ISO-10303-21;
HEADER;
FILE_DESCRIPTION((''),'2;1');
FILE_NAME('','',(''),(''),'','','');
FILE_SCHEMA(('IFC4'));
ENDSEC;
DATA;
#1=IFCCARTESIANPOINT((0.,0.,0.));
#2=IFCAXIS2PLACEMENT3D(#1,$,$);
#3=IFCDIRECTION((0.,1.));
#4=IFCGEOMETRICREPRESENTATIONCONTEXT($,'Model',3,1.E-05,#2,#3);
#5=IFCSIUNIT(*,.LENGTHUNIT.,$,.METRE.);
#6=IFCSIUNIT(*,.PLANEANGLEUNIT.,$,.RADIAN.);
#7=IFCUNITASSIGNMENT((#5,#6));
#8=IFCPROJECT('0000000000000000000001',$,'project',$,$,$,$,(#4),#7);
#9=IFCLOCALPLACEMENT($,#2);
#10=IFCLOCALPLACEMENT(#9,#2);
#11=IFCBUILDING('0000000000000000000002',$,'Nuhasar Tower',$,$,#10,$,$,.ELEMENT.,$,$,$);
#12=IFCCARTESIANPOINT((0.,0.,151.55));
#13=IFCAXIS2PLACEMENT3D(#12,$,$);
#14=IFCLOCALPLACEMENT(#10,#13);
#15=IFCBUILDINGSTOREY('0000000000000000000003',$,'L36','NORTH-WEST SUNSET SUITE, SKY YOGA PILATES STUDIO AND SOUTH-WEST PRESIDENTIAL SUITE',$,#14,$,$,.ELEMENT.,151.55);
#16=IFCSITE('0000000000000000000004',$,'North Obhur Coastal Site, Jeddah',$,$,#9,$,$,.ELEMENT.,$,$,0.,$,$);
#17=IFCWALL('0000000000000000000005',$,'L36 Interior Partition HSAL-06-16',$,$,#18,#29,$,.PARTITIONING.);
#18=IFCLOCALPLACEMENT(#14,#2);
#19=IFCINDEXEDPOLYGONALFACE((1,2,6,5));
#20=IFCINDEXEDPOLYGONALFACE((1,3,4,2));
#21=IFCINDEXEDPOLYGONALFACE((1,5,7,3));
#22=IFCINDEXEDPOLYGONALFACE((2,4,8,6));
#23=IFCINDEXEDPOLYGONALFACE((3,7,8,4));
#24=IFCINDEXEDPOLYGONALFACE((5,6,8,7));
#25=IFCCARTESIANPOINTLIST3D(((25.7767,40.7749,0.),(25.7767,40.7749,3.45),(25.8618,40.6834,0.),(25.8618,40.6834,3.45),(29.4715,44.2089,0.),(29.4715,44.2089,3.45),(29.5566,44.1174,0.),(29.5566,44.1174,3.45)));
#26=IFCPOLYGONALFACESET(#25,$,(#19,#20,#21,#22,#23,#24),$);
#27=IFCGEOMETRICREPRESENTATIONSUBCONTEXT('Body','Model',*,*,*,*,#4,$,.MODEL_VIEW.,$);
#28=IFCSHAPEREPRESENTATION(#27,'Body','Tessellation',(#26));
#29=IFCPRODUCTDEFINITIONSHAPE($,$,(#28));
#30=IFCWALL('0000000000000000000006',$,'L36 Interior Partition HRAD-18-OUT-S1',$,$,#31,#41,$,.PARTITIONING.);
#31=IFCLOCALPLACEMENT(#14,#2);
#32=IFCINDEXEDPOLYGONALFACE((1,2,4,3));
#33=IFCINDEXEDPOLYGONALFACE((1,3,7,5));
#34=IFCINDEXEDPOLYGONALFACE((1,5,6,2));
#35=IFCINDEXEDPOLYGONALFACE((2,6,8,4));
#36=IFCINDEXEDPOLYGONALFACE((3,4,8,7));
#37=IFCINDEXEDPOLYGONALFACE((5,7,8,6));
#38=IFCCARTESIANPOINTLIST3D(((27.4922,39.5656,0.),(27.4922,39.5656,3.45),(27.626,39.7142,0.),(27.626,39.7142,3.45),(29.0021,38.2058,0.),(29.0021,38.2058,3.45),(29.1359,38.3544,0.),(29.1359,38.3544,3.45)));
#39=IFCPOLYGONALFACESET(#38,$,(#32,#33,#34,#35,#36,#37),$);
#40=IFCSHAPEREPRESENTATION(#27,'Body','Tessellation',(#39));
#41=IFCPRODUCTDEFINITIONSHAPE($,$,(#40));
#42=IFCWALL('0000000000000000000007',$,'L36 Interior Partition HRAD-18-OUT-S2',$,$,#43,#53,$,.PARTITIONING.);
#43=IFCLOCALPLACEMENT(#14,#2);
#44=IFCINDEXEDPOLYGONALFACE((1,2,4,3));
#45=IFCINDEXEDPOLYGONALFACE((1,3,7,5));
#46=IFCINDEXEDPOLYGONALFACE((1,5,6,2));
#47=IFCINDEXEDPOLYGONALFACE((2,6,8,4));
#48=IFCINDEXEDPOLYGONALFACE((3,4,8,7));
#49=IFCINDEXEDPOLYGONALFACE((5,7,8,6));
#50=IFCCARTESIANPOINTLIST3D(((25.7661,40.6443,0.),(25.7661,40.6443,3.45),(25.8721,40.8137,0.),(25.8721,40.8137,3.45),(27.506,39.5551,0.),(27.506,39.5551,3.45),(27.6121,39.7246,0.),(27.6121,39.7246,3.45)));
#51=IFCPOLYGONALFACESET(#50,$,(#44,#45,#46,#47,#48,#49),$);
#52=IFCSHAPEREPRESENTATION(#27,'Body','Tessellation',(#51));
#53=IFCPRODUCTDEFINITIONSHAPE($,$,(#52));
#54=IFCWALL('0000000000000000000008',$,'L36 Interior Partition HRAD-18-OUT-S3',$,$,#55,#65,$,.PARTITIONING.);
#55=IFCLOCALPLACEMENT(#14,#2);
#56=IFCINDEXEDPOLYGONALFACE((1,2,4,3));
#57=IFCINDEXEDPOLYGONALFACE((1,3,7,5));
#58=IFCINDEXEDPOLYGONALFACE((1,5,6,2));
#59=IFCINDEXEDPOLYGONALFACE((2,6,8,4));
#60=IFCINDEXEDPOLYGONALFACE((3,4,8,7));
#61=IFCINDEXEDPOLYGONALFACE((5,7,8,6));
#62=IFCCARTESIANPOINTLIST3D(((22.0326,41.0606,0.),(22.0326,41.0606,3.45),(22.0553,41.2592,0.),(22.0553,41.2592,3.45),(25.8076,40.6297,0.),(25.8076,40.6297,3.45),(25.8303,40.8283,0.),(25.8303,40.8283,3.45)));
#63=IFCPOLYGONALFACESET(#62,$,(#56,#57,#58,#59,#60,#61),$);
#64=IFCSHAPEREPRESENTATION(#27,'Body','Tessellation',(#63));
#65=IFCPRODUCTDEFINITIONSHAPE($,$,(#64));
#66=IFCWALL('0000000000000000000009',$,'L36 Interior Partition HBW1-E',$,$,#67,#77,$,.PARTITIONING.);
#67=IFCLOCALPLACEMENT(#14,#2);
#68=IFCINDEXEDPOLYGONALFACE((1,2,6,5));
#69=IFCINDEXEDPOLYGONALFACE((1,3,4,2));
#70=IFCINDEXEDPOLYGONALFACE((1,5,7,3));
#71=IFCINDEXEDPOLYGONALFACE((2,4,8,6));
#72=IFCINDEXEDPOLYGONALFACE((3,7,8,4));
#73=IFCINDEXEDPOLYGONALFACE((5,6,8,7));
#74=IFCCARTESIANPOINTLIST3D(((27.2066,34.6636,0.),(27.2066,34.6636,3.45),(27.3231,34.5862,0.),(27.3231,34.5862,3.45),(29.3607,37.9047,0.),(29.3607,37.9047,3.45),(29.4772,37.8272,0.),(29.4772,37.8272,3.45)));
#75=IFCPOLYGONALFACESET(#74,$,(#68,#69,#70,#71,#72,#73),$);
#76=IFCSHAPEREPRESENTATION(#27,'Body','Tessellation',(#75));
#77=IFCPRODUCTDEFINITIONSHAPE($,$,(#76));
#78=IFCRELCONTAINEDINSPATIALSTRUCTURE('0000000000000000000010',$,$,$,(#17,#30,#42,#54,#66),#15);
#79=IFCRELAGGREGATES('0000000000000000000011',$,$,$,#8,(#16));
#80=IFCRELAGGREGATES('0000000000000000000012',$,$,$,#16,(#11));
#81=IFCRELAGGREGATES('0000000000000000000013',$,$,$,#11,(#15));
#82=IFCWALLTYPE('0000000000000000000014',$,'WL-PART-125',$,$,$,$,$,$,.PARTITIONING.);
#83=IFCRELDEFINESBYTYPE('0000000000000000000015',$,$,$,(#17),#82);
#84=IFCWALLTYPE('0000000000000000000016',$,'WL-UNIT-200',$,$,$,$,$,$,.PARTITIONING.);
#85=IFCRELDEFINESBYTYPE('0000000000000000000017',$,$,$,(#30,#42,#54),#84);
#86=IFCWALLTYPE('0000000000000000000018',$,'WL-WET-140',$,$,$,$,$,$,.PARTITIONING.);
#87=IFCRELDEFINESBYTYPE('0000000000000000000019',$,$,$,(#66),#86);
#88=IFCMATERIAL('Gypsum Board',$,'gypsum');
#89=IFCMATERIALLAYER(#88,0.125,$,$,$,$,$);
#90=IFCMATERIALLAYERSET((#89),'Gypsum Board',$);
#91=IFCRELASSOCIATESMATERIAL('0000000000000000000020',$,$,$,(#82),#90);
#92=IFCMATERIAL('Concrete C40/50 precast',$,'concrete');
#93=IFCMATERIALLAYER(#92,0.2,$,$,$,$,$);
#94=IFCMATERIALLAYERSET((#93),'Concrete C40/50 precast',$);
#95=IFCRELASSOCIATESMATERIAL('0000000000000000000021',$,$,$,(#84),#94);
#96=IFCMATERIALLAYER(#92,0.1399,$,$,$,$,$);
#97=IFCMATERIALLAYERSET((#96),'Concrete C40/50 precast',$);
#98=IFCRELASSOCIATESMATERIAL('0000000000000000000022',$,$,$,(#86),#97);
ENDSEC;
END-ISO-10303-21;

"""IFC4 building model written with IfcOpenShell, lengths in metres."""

from ifc_helpers import new_model, si_unit, direction, frame, frame_2d, origin, place, context, subcontext, project, spatial, rectangle, extrude, material, layer, layer_set, type_object, element, save


model = new_model("IFC4")

# Units and contexts
model_context = context("Model", 3, precision=1e-05, world=origin(), true_north=direction((0.0, 1.0)))
body_context = subcontext(model_context, "Body", "Model", "MODEL_VIEW")
ifc_project = project(units=[si_unit("LENGTHUNIT", "METRE"), si_unit("PLANEANGLEUNIT", "RADIAN")], contexts=[model_context])

# Site, building, storey
site_placement = place(None, origin())
site = spatial("IfcSite", under=ifc_project, at=site_placement, Name="North Obhur Coastal Site, Jeddah", CompositionType="ELEMENT", RefElevation=0.0)
building_placement = place(site_placement, origin())
building = spatial("IfcBuilding", under=site, at=building_placement, Name="Nuhasar Tower", CompositionType="ELEMENT")
storey_placement = place(building_placement, frame((0.0, 0.0, 151.55)))
storey = spatial("IfcBuildingStorey", under=building, at=storey_placement, Name="L36", Description="NORTH-WEST SUNSET SUITE, SKY YOGA PILATES STUDIO AND SOUTH-WEST PRESIDENTIAL SUITE", CompositionType="ELEMENT", Elevation=151.55)

# Walls
ifc_material_1 = material(Name="Gypsum Board", Category="gypsum")
ifc_layer_1 = layer(ifc_material_1, 0.125)
ifc_layer_set_1 = layer_set([ifc_layer_1], Name="Gypsum Board")
wall_type_1 = type_object("IfcWallType", Name="WL-PART-125", PredefinedType="PARTITIONING", material=ifc_layer_set_1)
wall_1_placement = place(storey_placement, frame((29.5139, 44.1631, 0.0), z_axis=(0.0, 0.0, 1.0), x_axis=(-0.73248, -0.680789, 0.0)))
element("IfcWall", 1, at=wall_1_placement, inside=storey, type_object=wall_type_1, Name="L36 Interior Partition HSAL-06-16", PredefinedType="PARTITIONING", context=body_context, shape_type="SweptSolid", body=[
    extrude(rectangle(XDim=5.0442, YDim=0.125, at=frame_2d((2.522, 0.0))), origin(), (0.0, 0.0, 1.0), 3.45),
])
ifc_material_2 = material(Name="Concrete C40/50 precast", Category="concrete")
ifc_layer_2 = layer(ifc_material_2, 0.2)
ifc_layer_set_2 = layer_set([ifc_layer_2], Name="Concrete C40/50 precast")
wall_type_2 = type_object("IfcWallType", Name="WL-UNIT-200", PredefinedType="PARTITIONING", material=ifc_layer_set_2)
wall_2_placement = place(storey_placement, frame((29.0691, 38.28, 0.0), z_axis=(0.0, 0.0, 1.0), x_axis=(-0.743085, 0.669197, 0.0)))
element("IfcWall", 2, at=wall_2_placement, inside=storey, type_object=wall_type_2, Name="L36 Interior Partition HRAD-18-OUT-S1", PredefinedType="PARTITIONING", context=body_context, shape_type="SweptSolid", body=[
    extrude(rectangle(XDim=2.032, YDim=0.2, at=frame_2d((1.0161, 0.0))), origin(), (0.0, 0.0, 1.0), 3.45),
])
wall_3_placement = place(storey_placement, frame((27.5591, 39.6399, 0.0), z_axis=(0.0, 0.0, 1.0), x_axis=(-0.847644, 0.530565, 0.0)))
element("IfcWall", 3, at=wall_3_placement, inside=storey, type_object=wall_type_2, Name="L36 Interior Partition HRAD-18-OUT-S2", PredefinedType="PARTITIONING", context=body_context, shape_type="SweptSolid", body=[
    extrude(rectangle(XDim=2.0527, YDim=0.2, at=frame_2d((1.0264, 0.0))), origin(), (0.0, 0.0, 1.0), 3.45),
])
wall_4_placement = place(storey_placement, frame((25.8191, 40.729, 0.0), z_axis=(0.0, 0.0, 1.0), x_axis=(-0.993549, 0.113407, 0.0)))
element("IfcWall", 4, at=wall_4_placement, inside=storey, type_object=wall_type_2, Name="L36 Interior Partition HRAD-18-OUT-S3", PredefinedType="PARTITIONING", context=body_context, shape_type="SweptSolid", body=[
    extrude(rectangle(XDim=3.7996, YDim=0.2, at=frame_2d((1.8999, 0.0))), origin(), (0.0, 0.0, 1.0), 3.45),
])
ifc_layer_3 = layer(ifc_material_2, 0.1399)
ifc_layer_set_3 = layer_set([ifc_layer_3], Name="Concrete C40/50 precast")
wall_type_3 = type_object("IfcWallType", Name="WL-WET-140", PredefinedType="PARTITIONING", material=ifc_layer_set_3)
wall_5_placement = place(storey_placement, frame((29.4189, 37.866, 0.0), z_axis=(0.0, 0.0, 1.0), x_axis=(-0.553527, -0.832831, 0.0)))
element("IfcWall", 5, at=wall_5_placement, inside=storey, type_object=wall_type_3, Name="L36 Interior Partition HBW1-E", PredefinedType="PARTITIONING", context=body_context, shape_type="SweptSolid", body=[
    extrude(rectangle(XDim=3.8916, YDim=0.1399, at=frame_2d((1.9458, 0.0))), origin(), (0.0, 0.0, 1.0), 3.45),
])

save(model, "model.ifc")
